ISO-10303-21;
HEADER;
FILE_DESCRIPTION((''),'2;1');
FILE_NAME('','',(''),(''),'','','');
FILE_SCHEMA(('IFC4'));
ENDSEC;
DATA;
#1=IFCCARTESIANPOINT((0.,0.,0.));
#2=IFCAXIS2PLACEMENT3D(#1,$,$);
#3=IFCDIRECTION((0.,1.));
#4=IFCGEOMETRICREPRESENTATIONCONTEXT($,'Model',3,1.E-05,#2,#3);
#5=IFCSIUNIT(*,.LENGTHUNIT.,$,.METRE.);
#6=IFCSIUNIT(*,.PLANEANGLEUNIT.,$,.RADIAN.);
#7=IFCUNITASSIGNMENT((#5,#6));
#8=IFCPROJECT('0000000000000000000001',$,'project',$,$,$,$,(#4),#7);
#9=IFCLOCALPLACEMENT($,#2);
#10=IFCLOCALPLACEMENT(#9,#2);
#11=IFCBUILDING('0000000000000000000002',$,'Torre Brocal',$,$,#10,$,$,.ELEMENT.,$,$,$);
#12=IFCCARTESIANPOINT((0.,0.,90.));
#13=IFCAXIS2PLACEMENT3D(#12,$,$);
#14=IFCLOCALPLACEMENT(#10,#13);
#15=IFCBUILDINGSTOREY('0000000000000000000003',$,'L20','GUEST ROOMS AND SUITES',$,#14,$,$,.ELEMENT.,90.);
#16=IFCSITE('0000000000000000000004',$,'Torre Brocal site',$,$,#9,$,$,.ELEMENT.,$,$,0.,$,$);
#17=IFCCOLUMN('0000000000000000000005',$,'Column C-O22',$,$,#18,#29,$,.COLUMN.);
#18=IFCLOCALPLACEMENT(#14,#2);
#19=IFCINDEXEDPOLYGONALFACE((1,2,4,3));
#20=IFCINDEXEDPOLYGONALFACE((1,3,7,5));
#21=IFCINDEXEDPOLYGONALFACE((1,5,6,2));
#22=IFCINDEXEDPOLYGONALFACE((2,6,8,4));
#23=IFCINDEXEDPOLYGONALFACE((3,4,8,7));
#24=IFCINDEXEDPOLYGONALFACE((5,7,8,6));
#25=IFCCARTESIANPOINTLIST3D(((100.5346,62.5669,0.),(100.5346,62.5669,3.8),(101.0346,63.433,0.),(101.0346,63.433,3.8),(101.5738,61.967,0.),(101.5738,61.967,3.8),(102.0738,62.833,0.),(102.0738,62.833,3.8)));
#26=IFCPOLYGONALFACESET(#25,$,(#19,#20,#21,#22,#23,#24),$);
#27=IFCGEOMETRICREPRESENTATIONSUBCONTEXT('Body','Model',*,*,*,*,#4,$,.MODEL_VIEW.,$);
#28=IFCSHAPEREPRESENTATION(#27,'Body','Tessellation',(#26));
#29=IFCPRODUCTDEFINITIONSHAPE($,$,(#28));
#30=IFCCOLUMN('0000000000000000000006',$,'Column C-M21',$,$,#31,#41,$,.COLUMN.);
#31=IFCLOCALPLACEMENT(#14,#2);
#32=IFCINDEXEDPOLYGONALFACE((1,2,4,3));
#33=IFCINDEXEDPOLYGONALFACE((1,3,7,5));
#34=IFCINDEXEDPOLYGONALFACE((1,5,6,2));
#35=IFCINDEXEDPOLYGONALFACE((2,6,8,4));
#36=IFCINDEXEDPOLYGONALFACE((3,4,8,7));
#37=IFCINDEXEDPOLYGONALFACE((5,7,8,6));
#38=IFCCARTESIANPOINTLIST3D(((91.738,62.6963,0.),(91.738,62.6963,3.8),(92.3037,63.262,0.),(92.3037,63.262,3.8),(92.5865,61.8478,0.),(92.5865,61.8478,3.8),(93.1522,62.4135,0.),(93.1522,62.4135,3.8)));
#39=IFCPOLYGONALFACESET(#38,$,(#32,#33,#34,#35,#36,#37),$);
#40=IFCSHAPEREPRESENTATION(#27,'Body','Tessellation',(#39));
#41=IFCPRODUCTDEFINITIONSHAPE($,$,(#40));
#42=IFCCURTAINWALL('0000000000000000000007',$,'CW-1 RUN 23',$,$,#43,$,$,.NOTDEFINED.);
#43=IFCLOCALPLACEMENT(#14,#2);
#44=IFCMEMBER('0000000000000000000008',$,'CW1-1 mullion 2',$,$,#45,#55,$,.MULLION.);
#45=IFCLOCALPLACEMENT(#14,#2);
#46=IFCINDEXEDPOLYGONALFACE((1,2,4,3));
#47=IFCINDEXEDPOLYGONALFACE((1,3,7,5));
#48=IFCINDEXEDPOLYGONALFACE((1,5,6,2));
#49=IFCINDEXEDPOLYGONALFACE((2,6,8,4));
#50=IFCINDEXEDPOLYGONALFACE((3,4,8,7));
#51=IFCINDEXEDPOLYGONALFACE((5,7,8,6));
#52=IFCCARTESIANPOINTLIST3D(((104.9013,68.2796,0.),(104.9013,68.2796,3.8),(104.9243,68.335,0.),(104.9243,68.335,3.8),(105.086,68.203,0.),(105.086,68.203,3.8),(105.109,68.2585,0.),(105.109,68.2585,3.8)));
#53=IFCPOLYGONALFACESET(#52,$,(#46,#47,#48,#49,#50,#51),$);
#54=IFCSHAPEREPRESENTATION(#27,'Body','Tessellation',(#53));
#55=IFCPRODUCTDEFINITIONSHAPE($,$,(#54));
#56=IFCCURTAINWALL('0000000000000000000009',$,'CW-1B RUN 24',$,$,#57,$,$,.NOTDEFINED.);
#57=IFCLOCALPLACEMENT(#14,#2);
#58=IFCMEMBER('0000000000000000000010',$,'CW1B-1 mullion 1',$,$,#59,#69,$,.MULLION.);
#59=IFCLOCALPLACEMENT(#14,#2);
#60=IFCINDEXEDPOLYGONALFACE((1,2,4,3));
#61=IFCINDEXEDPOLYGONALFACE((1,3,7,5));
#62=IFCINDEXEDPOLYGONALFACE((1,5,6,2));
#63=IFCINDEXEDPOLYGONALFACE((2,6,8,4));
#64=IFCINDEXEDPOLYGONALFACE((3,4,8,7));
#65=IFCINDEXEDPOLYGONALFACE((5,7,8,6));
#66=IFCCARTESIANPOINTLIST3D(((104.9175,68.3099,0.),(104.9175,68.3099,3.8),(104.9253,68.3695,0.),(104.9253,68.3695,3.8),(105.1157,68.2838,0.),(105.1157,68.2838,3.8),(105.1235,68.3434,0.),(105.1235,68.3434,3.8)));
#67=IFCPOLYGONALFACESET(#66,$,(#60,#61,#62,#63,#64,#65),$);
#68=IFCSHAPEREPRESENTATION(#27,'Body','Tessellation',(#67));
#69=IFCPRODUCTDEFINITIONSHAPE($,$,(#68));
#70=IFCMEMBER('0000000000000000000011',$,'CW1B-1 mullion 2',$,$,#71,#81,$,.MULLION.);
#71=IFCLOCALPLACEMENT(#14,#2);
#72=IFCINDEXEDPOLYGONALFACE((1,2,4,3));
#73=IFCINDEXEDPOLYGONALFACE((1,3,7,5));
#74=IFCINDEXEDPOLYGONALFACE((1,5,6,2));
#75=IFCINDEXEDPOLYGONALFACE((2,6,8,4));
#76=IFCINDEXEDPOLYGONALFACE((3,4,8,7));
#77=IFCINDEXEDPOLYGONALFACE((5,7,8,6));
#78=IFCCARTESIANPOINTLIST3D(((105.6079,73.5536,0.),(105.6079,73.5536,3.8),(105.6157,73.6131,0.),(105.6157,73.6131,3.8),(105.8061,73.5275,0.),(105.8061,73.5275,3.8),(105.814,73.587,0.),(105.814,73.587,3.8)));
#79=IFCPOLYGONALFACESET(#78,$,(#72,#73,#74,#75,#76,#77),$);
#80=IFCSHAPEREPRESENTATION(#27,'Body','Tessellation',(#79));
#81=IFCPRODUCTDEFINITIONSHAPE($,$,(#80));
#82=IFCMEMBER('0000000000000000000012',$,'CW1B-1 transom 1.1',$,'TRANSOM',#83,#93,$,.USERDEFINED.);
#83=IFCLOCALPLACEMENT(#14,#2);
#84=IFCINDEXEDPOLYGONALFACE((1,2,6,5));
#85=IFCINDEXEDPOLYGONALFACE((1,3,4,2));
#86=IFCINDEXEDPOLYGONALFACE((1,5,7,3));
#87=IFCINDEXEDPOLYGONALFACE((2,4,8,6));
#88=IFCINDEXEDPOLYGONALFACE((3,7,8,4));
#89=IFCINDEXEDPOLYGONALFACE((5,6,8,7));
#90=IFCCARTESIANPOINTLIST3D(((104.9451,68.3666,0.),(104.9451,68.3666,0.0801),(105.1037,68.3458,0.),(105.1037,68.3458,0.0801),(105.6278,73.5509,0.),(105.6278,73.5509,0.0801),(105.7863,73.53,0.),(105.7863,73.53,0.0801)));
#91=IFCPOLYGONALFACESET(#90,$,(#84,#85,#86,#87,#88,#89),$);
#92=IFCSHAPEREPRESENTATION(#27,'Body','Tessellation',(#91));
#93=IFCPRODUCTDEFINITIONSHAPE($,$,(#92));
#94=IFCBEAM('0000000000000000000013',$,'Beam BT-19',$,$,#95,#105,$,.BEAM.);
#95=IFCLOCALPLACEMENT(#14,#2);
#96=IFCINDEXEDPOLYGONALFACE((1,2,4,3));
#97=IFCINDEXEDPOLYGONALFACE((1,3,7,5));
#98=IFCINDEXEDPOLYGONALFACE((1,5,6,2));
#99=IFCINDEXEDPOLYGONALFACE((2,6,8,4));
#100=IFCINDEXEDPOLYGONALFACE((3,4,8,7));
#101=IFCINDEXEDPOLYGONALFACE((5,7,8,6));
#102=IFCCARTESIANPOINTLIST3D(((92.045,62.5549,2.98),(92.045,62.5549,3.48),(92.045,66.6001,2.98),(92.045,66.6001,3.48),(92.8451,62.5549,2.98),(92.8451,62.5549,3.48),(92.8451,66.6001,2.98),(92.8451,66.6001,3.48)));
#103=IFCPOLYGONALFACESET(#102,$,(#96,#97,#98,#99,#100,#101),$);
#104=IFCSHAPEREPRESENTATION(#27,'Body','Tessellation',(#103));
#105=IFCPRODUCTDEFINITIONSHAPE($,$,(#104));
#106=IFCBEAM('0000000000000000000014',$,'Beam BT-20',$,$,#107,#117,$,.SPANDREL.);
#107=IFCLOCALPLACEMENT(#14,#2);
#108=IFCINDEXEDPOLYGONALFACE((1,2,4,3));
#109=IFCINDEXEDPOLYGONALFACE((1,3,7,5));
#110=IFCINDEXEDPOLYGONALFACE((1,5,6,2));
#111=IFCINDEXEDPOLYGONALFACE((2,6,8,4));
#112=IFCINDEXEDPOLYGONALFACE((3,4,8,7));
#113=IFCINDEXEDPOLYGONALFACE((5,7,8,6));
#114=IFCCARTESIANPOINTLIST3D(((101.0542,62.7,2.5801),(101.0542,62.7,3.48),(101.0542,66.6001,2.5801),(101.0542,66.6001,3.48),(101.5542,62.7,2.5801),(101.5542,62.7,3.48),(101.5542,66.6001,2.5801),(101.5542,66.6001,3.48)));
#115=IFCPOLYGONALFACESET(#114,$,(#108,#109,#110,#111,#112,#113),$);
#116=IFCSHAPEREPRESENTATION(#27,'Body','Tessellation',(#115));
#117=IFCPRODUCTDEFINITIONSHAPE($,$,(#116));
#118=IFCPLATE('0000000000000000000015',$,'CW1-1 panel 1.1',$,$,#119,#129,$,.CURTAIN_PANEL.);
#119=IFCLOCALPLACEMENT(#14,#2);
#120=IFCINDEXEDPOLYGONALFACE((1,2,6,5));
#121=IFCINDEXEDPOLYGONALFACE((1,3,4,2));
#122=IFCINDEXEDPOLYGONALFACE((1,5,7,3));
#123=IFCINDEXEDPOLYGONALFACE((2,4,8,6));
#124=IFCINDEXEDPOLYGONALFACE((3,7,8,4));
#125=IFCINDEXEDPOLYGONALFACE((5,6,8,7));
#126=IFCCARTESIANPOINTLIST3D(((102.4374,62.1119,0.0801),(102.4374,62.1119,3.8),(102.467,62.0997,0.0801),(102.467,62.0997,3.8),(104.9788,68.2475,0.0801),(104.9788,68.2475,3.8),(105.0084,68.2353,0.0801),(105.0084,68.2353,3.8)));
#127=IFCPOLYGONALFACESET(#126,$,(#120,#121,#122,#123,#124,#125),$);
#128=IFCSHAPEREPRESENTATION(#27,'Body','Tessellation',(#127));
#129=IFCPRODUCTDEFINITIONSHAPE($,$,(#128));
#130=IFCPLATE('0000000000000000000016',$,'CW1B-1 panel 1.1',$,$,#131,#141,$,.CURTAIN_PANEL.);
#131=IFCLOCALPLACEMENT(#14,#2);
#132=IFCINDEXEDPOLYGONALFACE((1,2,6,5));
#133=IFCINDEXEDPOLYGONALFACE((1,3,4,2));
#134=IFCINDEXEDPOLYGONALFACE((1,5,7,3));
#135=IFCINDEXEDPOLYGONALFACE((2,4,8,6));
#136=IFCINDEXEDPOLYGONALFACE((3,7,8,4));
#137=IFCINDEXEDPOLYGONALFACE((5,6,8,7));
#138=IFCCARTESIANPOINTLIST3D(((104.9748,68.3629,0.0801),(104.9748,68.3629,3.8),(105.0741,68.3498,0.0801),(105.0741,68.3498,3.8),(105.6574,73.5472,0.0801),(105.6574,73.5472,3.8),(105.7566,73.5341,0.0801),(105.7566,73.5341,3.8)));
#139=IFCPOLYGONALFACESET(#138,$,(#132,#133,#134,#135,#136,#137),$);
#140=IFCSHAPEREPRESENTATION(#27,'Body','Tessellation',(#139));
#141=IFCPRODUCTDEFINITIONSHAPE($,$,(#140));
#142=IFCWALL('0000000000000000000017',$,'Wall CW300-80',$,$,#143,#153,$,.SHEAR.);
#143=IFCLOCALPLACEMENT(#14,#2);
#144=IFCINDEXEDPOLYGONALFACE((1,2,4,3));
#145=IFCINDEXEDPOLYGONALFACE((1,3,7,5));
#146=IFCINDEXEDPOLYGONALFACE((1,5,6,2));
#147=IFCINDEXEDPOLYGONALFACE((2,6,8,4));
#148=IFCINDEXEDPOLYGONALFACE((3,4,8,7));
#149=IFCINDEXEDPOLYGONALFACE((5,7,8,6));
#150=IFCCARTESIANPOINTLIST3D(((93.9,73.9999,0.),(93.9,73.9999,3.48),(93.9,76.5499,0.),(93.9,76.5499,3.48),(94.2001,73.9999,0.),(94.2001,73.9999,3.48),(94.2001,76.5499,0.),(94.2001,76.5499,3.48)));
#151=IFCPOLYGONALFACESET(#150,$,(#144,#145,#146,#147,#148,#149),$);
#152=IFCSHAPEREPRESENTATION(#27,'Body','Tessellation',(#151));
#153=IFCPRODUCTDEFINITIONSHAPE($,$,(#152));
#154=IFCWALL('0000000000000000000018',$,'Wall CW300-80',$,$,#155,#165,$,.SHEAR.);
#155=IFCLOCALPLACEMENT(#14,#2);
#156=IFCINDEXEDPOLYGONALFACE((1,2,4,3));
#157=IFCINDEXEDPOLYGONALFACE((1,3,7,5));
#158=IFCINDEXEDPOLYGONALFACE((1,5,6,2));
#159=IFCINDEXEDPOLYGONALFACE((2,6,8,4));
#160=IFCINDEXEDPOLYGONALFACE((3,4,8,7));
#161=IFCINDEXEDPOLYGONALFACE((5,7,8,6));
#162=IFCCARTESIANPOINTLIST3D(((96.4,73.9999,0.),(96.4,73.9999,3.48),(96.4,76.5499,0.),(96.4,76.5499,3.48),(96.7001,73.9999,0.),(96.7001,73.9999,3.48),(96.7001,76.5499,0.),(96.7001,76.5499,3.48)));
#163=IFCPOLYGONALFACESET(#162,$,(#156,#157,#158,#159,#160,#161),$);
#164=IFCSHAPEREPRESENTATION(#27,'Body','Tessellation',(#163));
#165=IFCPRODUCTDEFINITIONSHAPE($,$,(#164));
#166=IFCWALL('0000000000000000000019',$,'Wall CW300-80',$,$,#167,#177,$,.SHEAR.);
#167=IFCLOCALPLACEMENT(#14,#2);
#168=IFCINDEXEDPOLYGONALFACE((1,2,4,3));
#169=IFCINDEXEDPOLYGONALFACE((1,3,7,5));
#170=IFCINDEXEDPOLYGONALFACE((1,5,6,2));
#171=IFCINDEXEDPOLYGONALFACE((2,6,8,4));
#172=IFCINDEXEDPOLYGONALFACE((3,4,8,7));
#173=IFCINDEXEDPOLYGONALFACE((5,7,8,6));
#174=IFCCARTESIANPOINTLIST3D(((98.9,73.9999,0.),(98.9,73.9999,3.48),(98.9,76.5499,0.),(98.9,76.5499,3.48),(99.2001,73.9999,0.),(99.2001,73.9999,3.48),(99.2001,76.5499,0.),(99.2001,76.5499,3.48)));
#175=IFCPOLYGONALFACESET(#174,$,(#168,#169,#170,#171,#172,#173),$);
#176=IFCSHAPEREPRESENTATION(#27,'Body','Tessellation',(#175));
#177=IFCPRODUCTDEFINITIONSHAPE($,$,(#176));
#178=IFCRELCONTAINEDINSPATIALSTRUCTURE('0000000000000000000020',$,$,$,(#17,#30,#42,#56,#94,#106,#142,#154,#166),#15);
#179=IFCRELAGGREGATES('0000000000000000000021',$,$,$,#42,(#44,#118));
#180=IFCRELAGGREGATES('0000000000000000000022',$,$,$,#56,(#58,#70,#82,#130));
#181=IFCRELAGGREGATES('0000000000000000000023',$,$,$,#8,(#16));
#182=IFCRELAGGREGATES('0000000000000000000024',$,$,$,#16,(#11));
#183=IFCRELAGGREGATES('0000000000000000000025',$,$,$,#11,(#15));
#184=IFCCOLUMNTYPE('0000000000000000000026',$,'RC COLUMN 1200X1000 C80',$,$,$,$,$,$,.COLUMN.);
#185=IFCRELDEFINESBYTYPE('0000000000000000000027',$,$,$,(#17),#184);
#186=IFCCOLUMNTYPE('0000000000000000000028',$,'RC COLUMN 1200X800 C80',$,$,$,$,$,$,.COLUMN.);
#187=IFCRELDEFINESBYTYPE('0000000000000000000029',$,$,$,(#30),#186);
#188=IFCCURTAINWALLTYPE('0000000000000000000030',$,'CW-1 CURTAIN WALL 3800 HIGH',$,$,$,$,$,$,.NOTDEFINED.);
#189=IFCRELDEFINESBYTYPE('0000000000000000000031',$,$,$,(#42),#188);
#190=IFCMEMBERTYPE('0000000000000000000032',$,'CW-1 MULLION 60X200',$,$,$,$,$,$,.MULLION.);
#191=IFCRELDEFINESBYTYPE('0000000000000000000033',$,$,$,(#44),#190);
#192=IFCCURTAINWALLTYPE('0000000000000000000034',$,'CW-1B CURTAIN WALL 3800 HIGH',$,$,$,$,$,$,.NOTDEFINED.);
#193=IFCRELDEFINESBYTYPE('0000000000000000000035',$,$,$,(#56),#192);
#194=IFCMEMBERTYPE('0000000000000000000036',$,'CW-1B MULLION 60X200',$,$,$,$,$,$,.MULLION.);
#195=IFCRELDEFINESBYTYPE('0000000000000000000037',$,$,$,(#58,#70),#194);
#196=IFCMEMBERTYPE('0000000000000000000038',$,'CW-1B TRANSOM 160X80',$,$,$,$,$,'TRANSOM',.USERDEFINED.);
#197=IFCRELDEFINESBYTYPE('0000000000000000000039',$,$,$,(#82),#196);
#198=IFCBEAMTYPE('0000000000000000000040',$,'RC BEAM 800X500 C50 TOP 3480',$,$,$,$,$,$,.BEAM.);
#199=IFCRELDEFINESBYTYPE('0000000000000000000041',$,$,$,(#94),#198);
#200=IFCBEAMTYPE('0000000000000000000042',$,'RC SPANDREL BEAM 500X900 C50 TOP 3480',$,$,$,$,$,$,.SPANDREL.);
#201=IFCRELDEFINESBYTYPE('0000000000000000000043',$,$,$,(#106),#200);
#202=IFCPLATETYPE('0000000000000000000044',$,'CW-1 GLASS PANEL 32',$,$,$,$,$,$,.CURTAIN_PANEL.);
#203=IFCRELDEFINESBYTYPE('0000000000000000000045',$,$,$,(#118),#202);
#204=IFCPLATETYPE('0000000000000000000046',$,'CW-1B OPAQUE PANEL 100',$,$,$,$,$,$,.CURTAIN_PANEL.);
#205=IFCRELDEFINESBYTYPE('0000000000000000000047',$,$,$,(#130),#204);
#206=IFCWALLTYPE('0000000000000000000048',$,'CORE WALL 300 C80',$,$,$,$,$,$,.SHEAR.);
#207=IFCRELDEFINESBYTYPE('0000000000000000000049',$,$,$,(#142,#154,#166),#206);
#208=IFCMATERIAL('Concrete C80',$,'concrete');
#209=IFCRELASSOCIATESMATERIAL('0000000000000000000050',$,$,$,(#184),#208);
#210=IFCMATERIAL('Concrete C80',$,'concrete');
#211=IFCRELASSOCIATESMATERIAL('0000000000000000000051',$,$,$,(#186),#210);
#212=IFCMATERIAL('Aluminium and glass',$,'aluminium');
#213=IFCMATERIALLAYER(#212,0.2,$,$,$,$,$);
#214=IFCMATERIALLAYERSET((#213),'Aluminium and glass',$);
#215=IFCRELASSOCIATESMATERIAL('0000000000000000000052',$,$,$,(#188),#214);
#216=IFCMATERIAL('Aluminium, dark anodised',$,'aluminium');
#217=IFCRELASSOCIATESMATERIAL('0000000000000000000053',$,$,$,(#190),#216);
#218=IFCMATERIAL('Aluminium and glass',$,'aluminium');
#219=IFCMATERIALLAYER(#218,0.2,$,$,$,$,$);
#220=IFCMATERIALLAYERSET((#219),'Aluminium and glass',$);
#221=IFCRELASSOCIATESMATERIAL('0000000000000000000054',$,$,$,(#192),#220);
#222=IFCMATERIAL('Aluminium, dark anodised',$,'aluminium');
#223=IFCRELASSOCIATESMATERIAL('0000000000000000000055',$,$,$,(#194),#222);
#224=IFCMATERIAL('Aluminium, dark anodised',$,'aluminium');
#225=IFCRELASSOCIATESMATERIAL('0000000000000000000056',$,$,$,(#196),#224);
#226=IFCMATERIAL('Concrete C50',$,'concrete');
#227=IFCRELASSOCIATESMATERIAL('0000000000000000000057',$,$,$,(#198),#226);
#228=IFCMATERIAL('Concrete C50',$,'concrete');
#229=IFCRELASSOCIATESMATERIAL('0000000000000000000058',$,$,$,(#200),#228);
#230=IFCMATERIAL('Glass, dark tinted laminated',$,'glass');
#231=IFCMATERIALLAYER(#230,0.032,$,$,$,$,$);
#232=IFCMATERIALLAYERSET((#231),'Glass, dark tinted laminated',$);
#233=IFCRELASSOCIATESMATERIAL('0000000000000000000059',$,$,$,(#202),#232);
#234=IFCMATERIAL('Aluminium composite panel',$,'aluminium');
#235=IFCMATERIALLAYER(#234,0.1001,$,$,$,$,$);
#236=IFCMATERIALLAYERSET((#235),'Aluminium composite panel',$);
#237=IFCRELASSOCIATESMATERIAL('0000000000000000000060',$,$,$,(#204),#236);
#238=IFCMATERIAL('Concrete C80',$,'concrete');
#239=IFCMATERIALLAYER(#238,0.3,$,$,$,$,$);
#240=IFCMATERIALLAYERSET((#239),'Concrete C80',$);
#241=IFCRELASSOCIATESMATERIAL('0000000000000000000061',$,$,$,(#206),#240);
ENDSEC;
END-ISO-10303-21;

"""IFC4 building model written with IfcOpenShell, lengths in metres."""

from ifc_helpers import new_model, si_unit, direction, frame, frame_2d, origin, origin_2d, place, context, subcontext, project, spatial, rectangle, extrude, material, layer, layer_set, material_profile, profile_set, type_object, element, aggregate, save


model = new_model("IFC4")

# Units and contexts
model_context = context("Model", 3, precision=1e-05, world=origin(), true_north=direction((0.0, 1.0)))
body_context = subcontext(model_context, "Body", "Model", "MODEL_VIEW")
ifc_project = project(units=[si_unit("LENGTHUNIT", "METRE"), si_unit("PLANEANGLEUNIT", "RADIAN")], contexts=[model_context])

# Site, building, storey
site_placement = place(None, origin())
site = spatial("IfcSite", under=ifc_project, at=site_placement, Name="Torre Brocal site", CompositionType="ELEMENT", RefElevation=0.0)
building_placement = place(site_placement, origin())
building = spatial("IfcBuilding", under=site, at=building_placement, Name="Torre Brocal", CompositionType="ELEMENT")
storey_placement = place(building_placement, frame((0.0, 0.0, 90.0)))
storey = spatial("IfcBuildingStorey", under=building, at=storey_placement, Name="L20", Description="GUEST ROOMS AND SUITES", CompositionType="ELEMENT", Elevation=90.0)

# Columns
ifc_material_1 = material(Name="Concrete C80", Category="concrete")
ifc_material_profile_1 = material_profile(ifc_material_1, rectangle(XDim=1.2, YDim=1.0, at=origin_2d()), Name="RC 1200X1000")
ifc_profile_set_1 = profile_set([ifc_material_profile_1], Name="Concrete C80")
column_type_1 = type_object("IfcColumnType", Name="RC COLUMN 1200X1000 C80", PredefinedType="COLUMN", material=ifc_profile_set_1)
column_1_placement = place(storey_placement, frame((101.3042, 62.7, 0.0), z_axis=(0.0, 0.0, 1.0), x_axis=(0.866025, -0.5, 0.0)))
element("IfcColumn", 1, at=column_1_placement, inside=storey, type_object=column_type_1, Name="Column C-O22", PredefinedType="COLUMN", context=body_context, shape_type="SweptSolid", body=[
    extrude(rectangle(XDim=1.2, YDim=1.0, at=origin_2d()), origin(), (0.0, 0.0, 1.0), 3.8),
])
ifc_material_2 = material(Name="Concrete C80", Category="concrete")
ifc_material_profile_2 = material_profile(ifc_material_2, rectangle(XDim=1.2, YDim=0.8, at=origin_2d()), Name="RC 1200X800")
ifc_profile_set_2 = profile_set([ifc_material_profile_2], Name="Concrete C80")
column_type_2 = type_object("IfcColumnType", Name="RC COLUMN 1200X800 C80", PredefinedType="COLUMN", material=ifc_profile_set_2)
column_2_placement = place(storey_placement, frame((92.4451, 62.5549, 0.0), z_axis=(0.0, 0.0, 1.0), x_axis=(0.707107, -0.707107, 0.0)))
element("IfcColumn", 2, at=column_2_placement, inside=storey, type_object=column_type_2, Name="Column C-M21", PredefinedType="COLUMN", context=body_context, shape_type="SweptSolid", body=[
    extrude(rectangle(XDim=1.2, YDim=0.8, at=origin_2d()), origin(), (0.0, 0.0, 1.0), 3.8),
])

# Curtain wall, member
ifc_material_3 = material(Name="Aluminium and glass", Category="aluminium")
ifc_layer_1 = layer(ifc_material_3, 0.2)
ifc_layer_set_1 = layer_set([ifc_layer_1], Name="Aluminium and glass")
curtain_wall_type_1 = type_object("IfcCurtainWallType", Name="CW-1 CURTAIN WALL 3800 HIGH", PredefinedType="NOTDEFINED", material=ifc_layer_set_1)
curtain_wall_1_placement = place(storey_placement, origin())
curtain_wall_1 = element("IfcCurtainWall", 3, at=curtain_wall_1_placement, inside=storey, type_object=curtain_wall_type_1, Name="CW-1 RUN 23", PredefinedType="NOTDEFINED")
ifc_material_4 = material(Name="Aluminium, dark anodised", Category="aluminium")
ifc_material_profile_3 = material_profile(ifc_material_4, rectangle(XDim=0.2, YDim=0.0601, at=origin_2d()), Name="CW-1 MULLION 60X200")
ifc_profile_set_3 = profile_set([ifc_material_profile_3], Name="Aluminium, dark anodised")
member_type_1 = type_object("IfcMemberType", Name="CW-1 MULLION 60X200", PredefinedType="MULLION", material=ifc_profile_set_3)
member_1_placement = place(storey_placement, frame((105.0051, 68.269, 0.0), z_axis=(0.0, 0.0, 1.0), x_axis=(-0.92388, 0.382683, 0.0)))
member_1 = element("IfcMember", 4, at=member_1_placement, type_object=member_type_1, Name="CW1-1 mullion 2", PredefinedType="MULLION", context=body_context, shape_type="SweptSolid", body=[
    extrude(rectangle(XDim=0.2, YDim=0.0601, at=origin_2d()), origin(), (0.0, 0.0, 1.0), 3.8),
])

# Curtain wall, members
ifc_material_5 = material(Name="Aluminium and glass", Category="aluminium")
ifc_layer_2 = layer(ifc_material_5, 0.2)
ifc_layer_set_2 = layer_set([ifc_layer_2], Name="Aluminium and glass")
curtain_wall_type_2 = type_object("IfcCurtainWallType", Name="CW-1B CURTAIN WALL 3800 HIGH", PredefinedType="NOTDEFINED", material=ifc_layer_set_2)
curtain_wall_2_placement = place(storey_placement, origin())
curtain_wall_2 = element("IfcCurtainWall", 5, at=curtain_wall_2_placement, inside=storey, type_object=curtain_wall_type_2, Name="CW-1B RUN 24", PredefinedType="NOTDEFINED")
ifc_material_6 = material(Name="Aluminium, dark anodised", Category="aluminium")
ifc_material_profile_4 = material_profile(ifc_material_6, rectangle(XDim=0.2, YDim=0.0601, at=origin_2d()), Name="CW-1B MULLION 60X200")
ifc_profile_set_4 = profile_set([ifc_material_profile_4], Name="Aluminium, dark anodised")
member_type_2 = type_object("IfcMemberType", Name="CW-1B MULLION 60X200", PredefinedType="MULLION", material=ifc_profile_set_4)
member_2_placement = place(storey_placement, frame((105.0205, 68.3267, 0.0), z_axis=(0.0, 0.0, 1.0), x_axis=(-0.991445, 0.130526, 0.0)))
member_2 = element("IfcMember", 6, at=member_2_placement, type_object=member_type_2, Name="CW1B-1 mullion 1", PredefinedType="MULLION", context=body_context, shape_type="SweptSolid", body=[
    extrude(rectangle(XDim=0.2, YDim=0.0601, at=origin_2d()), origin(), (0.0, 0.0, 1.0), 3.8),
])
member_3_placement = place(storey_placement, frame((105.7109, 73.5703, 0.0), z_axis=(0.0, 0.0, 1.0), x_axis=(-0.991445, 0.130526, 0.0)))
member_3 = element("IfcMember", 7, at=member_3_placement, type_object=member_type_2, Name="CW1B-1 mullion 2", PredefinedType="MULLION", context=body_context, shape_type="SweptSolid", body=[
    extrude(rectangle(XDim=0.2, YDim=0.0601, at=origin_2d()), origin(), (0.0, 0.0, 1.0), 3.8),
])
ifc_material_7 = material(Name="Aluminium, dark anodised", Category="aluminium")
ifc_material_profile_5 = material_profile(ifc_material_7, rectangle(XDim=0.1599, YDim=0.0801, at=origin_2d()), Name="CW-1B TRANSOM 160X80")
ifc_profile_set_5 = profile_set([ifc_material_profile_5], Name="Aluminium, dark anodised")
member_type_3 = type_object("IfcMemberType", Name="CW-1B TRANSOM 160X80", ElementType="TRANSOM", PredefinedType="USERDEFINED", material=ifc_profile_set_5)
member_4_placement = place(storey_placement, frame((105.0244, 68.3562, 0.04), z_axis=(0.130543, 0.991443, 0.0), x_axis=(-0.991443, 0.130543, 0.0)))
member_4 = element("IfcMember", 8, at=member_4_placement, type_object=member_type_3, Name="CW1B-1 transom 1.1", ObjectType="TRANSOM", PredefinedType="USERDEFINED", context=body_context, shape_type="SweptSolid", body=[
    extrude(rectangle(XDim=0.1599, YDim=0.0801, at=origin_2d()), origin(), (0.0, 0.0, 1.0), 5.229),
])

# Beams
ifc_material_8 = material(Name="Concrete C50", Category="concrete")
ifc_material_profile_6 = material_profile(ifc_material_8, rectangle(XDim=0.8, YDim=0.5, at=origin_2d()), Name="RC 800X500")
ifc_profile_set_6 = profile_set([ifc_material_profile_6], Name="Concrete C50")
beam_type_1 = type_object("IfcBeamType", Name="RC BEAM 800X500 C50 TOP 3480", PredefinedType="BEAM", material=ifc_profile_set_6)
beam_1_placement = place(storey_placement, frame((92.4451, 62.5549, 3.23), z_axis=(0.0, 1.0, 0.0), x_axis=(-1.0, 0.0, 0.0)))
element("IfcBeam", 9, at=beam_1_placement, inside=storey, type_object=beam_type_1, Name="Beam BT-19", PredefinedType="BEAM", context=body_context, shape_type="SweptSolid", body=[
    extrude(rectangle(XDim=0.8, YDim=0.5, at=origin_2d()), origin(), (0.0, 0.0, 1.0), 4.0452),
])
ifc_material_9 = material(Name="Concrete C50", Category="concrete")
ifc_material_profile_7 = material_profile(ifc_material_9, rectangle(XDim=0.5, YDim=0.8999, at=origin_2d()), Name="RC 500X900")
ifc_profile_set_7 = profile_set([ifc_material_profile_7], Name="Concrete C50")
beam_type_2 = type_object("IfcBeamType", Name="RC SPANDREL BEAM 500X900 C50 TOP 3480", PredefinedType="SPANDREL", material=ifc_profile_set_7)
beam_2_placement = place(storey_placement, frame((101.3042, 62.7, 3.03), z_axis=(0.0, 1.0, 0.0), x_axis=(-1.0, 0.0, 0.0)))
element("IfcBeam", 10, at=beam_2_placement, inside=storey, type_object=beam_type_2, Name="Beam BT-20", PredefinedType="SPANDREL", context=body_context, shape_type="SweptSolid", body=[
    extrude(rectangle(XDim=0.5, YDim=0.8999, at=origin_2d()), origin(), (0.0, 0.0, 1.0), 3.9001),
])

# Plates
ifc_material_10 = material(Name="Glass, dark tinted laminated", Category="glass")
ifc_layer_3 = layer(ifc_material_10, 0.032)
ifc_layer_set_3 = layer_set([ifc_layer_3], Name="Glass, dark tinted laminated")
plate_type_1 = type_object("IfcPlateType", Name="CW-1 GLASS PANEL 32", PredefinedType="CURTAIN_PANEL", material=ifc_layer_set_3)
plate_1_placement = place(storey_placement, frame((103.7229, 65.1736, 0.0801), z_axis=(0.0, 0.0, 1.0), x_axis=(0.382683, 0.92388, 0.0)))
plate_1 = element("IfcPlate", 11, at=plate_1_placement, type_object=plate_type_1, Name="CW1-1 panel 1.1", PredefinedType="CURTAIN_PANEL", context=body_context, shape_type="SweptSolid", body=[
    extrude(rectangle(XDim=6.6411, YDim=0.032, at=origin_2d()), origin(), (0.0, 0.0, 1.0), 3.72),
])
aggregate(curtain_wall_1, [member_1, plate_1])
ifc_material_11 = material(Name="Aluminium composite panel", Category="aluminium")
ifc_layer_4 = layer(ifc_material_11, 0.1001)
ifc_layer_set_4 = layer_set([ifc_layer_4], Name="Aluminium composite panel")
plate_type_2 = type_object("IfcPlateType", Name="CW-1B OPAQUE PANEL 100", PredefinedType="CURTAIN_PANEL", material=ifc_layer_set_4)
plate_2_placement = place(storey_placement, frame((105.3657, 70.9485, 0.0801), z_axis=(0.0, 0.0, 1.0), x_axis=(0.130526, 0.991445, 0.0)))
plate_2 = element("IfcPlate", 12, at=plate_2_placement, type_object=plate_type_2, Name="CW1B-1 panel 1.1", PredefinedType="CURTAIN_PANEL", context=body_context, shape_type="SweptSolid", body=[
    extrude(rectangle(XDim=5.229, YDim=0.1001, at=origin_2d()), origin(), (0.0, 0.0, 1.0), 3.72),
])
aggregate(curtain_wall_2, [member_2, member_3, member_4, plate_2])

# Walls
ifc_material_12 = material(Name="Concrete C80", Category="concrete")
ifc_layer_5 = layer(ifc_material_12, 0.3)
ifc_layer_set_5 = layer_set([ifc_layer_5], Name="Concrete C80")
wall_type_1 = type_object("IfcWallType", Name="CORE WALL 300 C80", PredefinedType="SHEAR", material=ifc_layer_set_5)
for number, where, z_axis, x_axis, name in (
    (13, (94.05, 74.0, 0.0), (0.0, 0.0, 1.0), (0.0, 1.0, 0.0), "Wall CW300-80"),
    (14, (96.55, 74.0, 0.0), (0.0, 0.0, 1.0), (0.0, 1.0, 0.0), "Wall CW300-80"),
    (15, (99.05, 74.0, 0.0), (0.0, 0.0, 1.0), (0.0, 1.0, 0.0), "Wall CW300-80"),
):
    element("IfcWall", number, at=place(storey_placement, frame(where, z_axis=z_axis, x_axis=x_axis)), inside=storey, type_object=wall_type_1, Name=name, PredefinedType="SHEAR", context=body_context, shape_type="SweptSolid", body=[
        extrude(rectangle(XDim=2.55, YDim=0.3, at=frame_2d((1.2749, 0.0))), origin(), (0.0, 0.0, 1.0), 3.48),
    ])

save(model, "model.ifc")
